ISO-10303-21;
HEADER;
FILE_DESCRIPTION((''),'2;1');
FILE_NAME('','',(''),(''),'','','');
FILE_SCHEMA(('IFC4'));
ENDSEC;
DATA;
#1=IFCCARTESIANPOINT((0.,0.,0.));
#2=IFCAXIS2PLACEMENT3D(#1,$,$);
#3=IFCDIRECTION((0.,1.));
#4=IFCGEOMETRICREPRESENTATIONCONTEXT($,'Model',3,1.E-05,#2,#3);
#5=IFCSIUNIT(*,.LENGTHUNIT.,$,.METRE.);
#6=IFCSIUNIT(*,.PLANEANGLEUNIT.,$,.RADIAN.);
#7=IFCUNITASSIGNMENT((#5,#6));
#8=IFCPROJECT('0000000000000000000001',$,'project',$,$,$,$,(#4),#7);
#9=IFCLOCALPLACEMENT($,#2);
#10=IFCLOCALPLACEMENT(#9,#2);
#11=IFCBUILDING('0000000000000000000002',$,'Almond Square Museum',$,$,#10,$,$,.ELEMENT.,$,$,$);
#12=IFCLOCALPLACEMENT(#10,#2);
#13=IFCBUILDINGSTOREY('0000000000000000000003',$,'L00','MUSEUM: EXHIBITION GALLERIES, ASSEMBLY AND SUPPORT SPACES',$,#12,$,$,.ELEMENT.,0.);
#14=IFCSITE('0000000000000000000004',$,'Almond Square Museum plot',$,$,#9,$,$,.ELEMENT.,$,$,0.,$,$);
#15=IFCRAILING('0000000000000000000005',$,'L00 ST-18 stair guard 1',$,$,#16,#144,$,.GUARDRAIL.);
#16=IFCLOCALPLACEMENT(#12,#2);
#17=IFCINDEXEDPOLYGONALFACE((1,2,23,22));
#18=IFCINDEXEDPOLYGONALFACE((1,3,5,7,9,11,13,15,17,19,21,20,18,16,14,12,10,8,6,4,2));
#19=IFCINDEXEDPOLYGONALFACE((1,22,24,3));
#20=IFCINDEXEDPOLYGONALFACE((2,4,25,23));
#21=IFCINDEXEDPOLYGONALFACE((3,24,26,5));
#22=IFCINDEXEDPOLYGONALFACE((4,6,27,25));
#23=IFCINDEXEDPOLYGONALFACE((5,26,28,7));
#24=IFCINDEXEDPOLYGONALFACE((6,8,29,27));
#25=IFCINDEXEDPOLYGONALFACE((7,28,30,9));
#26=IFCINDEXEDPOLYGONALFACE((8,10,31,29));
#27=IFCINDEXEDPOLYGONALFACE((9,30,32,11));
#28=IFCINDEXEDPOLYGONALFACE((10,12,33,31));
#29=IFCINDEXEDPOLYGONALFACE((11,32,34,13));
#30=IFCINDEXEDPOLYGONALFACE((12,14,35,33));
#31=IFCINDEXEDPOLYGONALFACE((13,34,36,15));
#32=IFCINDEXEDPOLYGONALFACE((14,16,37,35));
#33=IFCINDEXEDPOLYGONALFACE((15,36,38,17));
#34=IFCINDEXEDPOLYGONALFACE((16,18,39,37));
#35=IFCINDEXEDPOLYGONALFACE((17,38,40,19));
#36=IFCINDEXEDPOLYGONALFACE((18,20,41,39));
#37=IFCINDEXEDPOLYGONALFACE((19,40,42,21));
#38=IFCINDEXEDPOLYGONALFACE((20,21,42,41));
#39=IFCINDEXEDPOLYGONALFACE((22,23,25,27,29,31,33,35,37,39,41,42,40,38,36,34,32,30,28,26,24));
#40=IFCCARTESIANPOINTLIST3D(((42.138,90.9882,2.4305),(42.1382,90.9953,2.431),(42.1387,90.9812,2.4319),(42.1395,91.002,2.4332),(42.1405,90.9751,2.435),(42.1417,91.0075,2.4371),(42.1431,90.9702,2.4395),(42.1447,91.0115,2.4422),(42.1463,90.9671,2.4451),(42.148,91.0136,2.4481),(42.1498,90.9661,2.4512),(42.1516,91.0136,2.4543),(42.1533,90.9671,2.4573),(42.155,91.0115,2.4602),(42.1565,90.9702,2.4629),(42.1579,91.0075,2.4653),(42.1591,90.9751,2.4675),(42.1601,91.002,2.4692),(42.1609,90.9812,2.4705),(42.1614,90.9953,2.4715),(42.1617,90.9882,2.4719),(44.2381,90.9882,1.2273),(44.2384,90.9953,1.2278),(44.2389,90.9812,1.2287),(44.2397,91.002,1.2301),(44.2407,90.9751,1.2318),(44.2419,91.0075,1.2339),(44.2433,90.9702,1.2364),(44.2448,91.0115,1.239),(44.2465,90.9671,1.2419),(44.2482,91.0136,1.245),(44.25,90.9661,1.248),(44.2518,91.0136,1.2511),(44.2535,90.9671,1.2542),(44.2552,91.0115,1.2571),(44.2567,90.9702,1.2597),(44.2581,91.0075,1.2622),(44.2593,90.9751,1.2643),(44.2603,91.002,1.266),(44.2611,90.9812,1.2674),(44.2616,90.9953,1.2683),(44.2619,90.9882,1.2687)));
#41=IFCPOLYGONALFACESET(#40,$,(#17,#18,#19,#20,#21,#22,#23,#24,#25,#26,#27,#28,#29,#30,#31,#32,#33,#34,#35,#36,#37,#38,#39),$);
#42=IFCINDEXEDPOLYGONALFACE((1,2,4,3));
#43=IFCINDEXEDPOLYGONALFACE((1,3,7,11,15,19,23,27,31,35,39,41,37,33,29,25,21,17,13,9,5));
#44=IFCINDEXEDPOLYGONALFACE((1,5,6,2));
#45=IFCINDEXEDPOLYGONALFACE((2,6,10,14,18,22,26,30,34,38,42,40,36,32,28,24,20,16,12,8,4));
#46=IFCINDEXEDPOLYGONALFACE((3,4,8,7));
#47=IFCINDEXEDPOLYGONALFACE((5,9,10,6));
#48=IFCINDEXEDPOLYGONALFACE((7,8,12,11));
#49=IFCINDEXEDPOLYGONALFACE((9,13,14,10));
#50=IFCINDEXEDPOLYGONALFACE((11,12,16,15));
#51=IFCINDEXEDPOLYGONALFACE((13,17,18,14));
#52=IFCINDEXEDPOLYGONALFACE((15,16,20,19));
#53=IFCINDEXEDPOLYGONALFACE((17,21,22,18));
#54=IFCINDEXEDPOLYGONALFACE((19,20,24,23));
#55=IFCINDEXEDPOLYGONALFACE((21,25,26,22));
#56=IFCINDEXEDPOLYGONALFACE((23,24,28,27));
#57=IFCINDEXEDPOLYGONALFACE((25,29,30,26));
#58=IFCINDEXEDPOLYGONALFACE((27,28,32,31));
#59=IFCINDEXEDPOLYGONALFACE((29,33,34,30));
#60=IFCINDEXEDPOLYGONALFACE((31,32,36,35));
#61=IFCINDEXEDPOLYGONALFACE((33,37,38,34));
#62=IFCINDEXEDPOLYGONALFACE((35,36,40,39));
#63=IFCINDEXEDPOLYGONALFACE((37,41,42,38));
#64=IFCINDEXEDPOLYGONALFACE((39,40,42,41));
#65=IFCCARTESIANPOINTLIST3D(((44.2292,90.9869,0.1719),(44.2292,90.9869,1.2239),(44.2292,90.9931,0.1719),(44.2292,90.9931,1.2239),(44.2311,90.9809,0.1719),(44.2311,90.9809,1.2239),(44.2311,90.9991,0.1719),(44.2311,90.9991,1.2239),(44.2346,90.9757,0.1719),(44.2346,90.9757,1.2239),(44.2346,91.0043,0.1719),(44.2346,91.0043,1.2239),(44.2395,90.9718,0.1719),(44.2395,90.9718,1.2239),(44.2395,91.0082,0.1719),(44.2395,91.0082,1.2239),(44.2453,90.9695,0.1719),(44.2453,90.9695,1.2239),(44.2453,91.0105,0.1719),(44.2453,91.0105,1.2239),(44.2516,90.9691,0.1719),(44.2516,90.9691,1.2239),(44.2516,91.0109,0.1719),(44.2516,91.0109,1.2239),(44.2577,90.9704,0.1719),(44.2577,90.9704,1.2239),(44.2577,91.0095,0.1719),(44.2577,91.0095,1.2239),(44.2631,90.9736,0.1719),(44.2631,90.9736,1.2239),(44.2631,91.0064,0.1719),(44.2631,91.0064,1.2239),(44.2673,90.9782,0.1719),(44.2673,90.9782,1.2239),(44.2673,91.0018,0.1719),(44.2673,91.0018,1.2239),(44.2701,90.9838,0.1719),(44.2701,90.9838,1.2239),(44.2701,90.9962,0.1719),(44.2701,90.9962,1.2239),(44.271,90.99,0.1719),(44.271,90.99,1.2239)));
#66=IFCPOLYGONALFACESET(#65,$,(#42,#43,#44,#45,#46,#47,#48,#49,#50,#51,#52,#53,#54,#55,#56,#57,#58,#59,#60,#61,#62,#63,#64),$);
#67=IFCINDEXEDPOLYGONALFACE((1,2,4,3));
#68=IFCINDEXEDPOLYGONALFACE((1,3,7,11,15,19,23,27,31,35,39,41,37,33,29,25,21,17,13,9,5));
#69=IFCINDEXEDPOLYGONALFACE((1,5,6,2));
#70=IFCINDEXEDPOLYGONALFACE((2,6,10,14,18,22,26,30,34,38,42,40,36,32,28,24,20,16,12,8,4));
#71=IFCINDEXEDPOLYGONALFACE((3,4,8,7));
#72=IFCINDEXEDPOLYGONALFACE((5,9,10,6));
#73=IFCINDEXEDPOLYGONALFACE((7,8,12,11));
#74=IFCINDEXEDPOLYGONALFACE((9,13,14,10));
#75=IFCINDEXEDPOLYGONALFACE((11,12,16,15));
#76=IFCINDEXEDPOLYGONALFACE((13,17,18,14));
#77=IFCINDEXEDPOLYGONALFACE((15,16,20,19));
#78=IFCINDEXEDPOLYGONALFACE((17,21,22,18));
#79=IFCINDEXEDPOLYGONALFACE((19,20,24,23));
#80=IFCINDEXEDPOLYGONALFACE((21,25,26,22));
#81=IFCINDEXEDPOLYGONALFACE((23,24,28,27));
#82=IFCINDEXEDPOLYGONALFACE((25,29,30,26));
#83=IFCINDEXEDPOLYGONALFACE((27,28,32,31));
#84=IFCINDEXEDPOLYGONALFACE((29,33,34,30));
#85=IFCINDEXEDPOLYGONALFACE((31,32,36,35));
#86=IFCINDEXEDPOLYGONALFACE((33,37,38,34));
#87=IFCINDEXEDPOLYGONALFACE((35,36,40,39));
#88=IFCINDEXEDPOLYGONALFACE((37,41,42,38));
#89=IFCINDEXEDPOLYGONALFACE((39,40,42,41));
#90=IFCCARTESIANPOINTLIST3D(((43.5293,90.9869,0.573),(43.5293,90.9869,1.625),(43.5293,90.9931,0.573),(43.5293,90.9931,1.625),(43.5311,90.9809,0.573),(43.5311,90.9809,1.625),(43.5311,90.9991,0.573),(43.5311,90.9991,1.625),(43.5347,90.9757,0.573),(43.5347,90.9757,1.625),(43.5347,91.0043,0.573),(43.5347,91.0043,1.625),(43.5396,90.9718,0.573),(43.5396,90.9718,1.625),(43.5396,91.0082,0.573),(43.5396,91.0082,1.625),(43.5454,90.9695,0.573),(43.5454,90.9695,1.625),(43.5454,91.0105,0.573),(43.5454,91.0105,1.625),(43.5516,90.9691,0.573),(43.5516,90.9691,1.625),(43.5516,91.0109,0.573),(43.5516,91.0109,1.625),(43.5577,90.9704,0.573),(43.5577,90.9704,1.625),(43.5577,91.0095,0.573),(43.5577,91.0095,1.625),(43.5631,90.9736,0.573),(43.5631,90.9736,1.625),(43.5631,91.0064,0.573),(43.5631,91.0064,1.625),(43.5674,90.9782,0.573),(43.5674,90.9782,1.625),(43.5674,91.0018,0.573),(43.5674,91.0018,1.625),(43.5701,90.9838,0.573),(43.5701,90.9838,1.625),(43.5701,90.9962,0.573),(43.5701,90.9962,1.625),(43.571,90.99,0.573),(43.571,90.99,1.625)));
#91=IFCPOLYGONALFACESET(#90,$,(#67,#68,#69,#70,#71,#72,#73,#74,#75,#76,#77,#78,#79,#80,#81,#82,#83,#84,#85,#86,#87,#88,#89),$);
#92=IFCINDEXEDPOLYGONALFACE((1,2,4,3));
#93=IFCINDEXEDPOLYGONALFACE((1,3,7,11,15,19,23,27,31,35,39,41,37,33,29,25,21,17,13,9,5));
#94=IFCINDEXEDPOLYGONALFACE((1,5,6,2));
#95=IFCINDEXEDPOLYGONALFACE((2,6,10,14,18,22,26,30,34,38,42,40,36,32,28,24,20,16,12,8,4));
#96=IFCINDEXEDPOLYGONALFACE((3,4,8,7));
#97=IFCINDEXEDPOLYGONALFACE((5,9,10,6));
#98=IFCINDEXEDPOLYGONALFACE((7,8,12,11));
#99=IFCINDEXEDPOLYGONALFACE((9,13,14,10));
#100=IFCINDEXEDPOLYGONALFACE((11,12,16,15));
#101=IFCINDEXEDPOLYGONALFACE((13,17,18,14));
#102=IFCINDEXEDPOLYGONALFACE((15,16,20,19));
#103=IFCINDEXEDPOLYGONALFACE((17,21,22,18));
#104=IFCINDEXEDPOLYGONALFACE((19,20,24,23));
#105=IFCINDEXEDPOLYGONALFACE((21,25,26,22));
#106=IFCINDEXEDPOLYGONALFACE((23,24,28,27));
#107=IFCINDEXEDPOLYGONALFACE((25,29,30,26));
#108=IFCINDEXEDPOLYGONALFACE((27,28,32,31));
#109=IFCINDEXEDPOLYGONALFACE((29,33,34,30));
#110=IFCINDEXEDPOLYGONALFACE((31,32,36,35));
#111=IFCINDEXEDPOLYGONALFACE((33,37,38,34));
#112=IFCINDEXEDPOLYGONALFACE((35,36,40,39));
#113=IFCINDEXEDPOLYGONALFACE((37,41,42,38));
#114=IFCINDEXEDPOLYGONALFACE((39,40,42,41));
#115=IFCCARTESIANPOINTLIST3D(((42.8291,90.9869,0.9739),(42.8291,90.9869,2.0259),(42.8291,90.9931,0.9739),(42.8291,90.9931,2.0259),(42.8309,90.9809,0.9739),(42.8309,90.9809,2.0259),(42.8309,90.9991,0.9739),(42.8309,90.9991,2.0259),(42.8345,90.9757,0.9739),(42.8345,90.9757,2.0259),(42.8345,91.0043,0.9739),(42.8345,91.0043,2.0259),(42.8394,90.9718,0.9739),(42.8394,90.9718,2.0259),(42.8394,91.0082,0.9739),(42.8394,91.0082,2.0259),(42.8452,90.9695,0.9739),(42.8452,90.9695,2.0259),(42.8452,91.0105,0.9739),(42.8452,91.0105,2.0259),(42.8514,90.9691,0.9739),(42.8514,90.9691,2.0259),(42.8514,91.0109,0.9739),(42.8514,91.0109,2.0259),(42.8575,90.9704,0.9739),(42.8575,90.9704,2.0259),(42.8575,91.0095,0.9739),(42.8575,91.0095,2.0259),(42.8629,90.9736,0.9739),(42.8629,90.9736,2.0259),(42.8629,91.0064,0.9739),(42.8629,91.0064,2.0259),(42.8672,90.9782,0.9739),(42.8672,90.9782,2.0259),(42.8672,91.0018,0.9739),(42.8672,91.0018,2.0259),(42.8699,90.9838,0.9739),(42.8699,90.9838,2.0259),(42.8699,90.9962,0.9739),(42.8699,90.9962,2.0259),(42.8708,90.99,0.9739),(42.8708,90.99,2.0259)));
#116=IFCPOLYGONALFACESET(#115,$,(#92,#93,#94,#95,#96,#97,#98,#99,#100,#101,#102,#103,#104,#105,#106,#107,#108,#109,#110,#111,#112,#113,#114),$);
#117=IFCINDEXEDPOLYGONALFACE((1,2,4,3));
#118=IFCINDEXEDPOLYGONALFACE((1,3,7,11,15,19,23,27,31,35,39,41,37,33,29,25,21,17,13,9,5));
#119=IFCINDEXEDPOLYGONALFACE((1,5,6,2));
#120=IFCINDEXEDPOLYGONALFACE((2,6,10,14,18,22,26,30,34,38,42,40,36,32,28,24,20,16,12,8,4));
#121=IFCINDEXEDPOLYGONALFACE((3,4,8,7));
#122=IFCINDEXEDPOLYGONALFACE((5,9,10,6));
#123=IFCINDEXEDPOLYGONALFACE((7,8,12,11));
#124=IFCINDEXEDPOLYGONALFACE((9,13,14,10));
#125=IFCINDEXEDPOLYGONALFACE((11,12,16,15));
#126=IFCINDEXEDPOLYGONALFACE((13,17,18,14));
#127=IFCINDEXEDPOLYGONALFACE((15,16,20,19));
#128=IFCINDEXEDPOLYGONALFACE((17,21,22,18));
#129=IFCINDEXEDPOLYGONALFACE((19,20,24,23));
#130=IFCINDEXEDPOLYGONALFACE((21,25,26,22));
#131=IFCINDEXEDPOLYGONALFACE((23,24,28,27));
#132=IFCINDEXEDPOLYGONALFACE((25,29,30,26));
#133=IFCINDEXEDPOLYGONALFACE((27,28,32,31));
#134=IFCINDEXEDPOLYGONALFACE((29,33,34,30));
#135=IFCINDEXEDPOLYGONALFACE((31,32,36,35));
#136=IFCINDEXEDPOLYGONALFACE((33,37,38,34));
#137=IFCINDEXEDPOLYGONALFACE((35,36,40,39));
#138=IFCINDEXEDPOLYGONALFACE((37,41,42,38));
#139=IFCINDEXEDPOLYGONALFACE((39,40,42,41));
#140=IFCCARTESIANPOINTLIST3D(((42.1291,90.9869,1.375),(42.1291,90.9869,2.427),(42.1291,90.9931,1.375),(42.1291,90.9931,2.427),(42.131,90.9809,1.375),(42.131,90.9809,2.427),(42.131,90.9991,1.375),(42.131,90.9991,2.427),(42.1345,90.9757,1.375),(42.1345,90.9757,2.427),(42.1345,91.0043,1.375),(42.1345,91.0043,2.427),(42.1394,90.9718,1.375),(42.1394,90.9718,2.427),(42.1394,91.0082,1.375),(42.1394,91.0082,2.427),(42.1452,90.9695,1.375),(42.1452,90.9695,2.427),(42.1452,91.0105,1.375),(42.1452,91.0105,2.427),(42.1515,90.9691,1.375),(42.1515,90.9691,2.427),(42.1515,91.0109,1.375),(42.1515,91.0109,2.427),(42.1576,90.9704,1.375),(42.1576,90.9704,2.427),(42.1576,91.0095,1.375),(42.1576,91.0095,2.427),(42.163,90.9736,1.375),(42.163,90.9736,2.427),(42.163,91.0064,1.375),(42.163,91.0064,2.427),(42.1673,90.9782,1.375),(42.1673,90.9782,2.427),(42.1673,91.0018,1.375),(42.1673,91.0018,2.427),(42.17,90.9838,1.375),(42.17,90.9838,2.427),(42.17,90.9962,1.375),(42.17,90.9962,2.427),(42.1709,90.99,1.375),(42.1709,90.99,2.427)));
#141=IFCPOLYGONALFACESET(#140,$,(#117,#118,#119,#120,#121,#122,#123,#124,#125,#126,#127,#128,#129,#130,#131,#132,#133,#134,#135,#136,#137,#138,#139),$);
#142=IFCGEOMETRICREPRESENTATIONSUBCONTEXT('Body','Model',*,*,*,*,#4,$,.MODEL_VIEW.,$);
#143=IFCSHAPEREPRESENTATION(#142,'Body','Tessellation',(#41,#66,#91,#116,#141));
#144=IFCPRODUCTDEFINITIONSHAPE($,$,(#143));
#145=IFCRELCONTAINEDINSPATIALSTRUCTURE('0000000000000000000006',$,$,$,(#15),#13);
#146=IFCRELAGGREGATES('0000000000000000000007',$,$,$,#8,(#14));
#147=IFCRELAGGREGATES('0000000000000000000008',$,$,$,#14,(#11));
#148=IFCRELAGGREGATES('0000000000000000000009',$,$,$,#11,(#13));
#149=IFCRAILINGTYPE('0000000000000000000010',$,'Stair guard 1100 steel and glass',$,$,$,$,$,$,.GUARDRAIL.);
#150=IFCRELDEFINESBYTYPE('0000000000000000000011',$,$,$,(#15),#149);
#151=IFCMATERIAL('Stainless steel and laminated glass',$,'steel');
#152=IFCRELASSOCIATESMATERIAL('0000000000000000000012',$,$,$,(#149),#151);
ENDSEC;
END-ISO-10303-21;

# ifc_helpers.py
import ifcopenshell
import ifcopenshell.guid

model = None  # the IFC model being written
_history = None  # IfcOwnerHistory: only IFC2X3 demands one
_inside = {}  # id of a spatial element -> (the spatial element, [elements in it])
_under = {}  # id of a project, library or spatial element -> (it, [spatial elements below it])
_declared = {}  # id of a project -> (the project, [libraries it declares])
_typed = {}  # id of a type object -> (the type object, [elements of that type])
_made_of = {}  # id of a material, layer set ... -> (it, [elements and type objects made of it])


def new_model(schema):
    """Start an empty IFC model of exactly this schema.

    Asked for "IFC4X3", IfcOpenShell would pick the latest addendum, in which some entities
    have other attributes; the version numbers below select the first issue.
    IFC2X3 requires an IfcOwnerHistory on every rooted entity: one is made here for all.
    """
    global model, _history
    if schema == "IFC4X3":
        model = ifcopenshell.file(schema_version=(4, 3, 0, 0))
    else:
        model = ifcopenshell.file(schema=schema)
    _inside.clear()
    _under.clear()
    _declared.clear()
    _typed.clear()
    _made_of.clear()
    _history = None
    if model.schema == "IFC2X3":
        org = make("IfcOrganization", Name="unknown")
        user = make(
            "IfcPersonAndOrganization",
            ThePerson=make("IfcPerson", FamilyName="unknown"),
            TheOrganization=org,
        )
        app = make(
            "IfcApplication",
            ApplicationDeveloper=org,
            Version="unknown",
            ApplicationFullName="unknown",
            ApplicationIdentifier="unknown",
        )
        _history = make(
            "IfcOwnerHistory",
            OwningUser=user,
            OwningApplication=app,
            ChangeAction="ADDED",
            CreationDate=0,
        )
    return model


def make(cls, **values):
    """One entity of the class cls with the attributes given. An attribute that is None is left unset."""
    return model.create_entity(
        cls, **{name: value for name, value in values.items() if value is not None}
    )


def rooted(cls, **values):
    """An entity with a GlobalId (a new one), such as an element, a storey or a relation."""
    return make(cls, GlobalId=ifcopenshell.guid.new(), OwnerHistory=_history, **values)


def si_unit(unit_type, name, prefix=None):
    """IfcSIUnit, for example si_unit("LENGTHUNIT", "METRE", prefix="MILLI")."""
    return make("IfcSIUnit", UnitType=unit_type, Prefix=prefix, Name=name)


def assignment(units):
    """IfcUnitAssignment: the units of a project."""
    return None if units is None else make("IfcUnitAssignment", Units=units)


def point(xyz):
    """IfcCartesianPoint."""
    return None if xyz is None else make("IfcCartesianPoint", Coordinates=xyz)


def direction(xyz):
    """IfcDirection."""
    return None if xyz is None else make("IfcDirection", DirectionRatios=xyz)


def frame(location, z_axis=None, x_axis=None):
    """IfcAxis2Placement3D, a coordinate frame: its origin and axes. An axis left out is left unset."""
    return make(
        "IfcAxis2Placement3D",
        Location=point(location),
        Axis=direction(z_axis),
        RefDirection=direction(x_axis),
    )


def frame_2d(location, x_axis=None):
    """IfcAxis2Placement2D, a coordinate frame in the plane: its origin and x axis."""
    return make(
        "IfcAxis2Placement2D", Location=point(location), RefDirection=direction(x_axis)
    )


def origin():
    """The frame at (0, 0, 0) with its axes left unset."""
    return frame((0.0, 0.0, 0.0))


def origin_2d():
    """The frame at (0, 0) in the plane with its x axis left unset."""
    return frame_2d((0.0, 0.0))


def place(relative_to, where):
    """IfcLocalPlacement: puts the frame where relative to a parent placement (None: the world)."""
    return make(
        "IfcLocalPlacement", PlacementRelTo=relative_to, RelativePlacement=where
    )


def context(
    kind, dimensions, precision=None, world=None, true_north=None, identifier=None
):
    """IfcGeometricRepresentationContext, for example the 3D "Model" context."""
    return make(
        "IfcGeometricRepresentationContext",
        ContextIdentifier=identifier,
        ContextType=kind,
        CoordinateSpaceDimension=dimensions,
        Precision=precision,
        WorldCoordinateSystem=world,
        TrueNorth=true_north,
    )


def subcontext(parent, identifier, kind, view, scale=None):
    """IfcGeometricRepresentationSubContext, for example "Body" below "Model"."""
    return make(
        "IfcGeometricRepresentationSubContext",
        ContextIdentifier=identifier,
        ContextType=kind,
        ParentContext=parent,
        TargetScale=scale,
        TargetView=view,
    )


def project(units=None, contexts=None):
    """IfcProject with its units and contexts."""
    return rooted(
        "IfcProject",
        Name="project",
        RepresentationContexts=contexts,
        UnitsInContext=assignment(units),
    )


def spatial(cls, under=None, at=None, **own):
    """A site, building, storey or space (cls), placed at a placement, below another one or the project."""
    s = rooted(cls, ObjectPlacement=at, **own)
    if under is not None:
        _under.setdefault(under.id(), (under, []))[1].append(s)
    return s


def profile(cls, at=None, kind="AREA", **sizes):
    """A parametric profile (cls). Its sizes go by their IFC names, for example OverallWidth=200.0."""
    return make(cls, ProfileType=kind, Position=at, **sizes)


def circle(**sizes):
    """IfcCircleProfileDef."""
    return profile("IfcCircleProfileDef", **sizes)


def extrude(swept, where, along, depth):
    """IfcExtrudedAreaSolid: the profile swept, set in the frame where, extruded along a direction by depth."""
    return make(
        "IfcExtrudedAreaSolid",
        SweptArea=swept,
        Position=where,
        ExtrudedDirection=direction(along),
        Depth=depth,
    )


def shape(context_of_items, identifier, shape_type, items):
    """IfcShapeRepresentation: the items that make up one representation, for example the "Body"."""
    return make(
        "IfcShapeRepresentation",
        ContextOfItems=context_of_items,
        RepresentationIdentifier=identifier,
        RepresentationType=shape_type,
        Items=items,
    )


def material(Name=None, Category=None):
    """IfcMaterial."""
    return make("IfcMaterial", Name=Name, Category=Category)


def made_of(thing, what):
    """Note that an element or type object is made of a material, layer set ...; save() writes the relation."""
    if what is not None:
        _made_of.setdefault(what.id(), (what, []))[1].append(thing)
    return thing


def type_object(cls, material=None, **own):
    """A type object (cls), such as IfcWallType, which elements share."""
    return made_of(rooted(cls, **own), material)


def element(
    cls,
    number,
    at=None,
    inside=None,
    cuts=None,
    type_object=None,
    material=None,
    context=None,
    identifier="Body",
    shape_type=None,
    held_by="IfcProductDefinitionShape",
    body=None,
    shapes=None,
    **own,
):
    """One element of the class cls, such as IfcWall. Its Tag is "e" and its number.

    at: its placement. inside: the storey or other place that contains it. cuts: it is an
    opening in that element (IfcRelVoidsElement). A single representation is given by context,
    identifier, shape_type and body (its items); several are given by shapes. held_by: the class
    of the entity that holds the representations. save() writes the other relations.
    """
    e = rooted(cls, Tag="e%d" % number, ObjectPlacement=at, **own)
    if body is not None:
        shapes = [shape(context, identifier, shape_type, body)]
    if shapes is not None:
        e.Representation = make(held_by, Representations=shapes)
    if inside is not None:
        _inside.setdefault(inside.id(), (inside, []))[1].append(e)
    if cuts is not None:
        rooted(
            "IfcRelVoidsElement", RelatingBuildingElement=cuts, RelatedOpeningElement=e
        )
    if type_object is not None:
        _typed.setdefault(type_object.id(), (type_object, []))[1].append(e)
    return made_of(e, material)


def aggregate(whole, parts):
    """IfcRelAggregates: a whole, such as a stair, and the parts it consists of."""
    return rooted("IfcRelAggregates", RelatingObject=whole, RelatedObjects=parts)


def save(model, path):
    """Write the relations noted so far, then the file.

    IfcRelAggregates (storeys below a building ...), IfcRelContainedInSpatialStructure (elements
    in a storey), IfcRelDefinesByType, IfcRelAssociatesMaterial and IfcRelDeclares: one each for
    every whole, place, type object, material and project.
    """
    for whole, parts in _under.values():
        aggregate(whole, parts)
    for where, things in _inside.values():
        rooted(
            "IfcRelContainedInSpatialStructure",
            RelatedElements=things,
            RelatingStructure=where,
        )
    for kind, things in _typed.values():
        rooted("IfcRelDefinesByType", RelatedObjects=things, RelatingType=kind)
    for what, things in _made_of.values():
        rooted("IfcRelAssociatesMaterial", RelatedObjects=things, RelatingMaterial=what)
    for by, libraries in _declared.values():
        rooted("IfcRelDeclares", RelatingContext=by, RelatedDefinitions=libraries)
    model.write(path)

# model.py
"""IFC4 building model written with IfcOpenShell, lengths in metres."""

from ifc_helpers import new_model, si_unit, direction, frame, origin, origin_2d, place, context, subcontext, project, spatial, circle, extrude, material, type_object, element, save


model = new_model("IFC4")

# Units and contexts
model_context = context("Model", 3, precision=1e-05, world=origin(), true_north=direction((0.0, 1.0)))
body_context = subcontext(model_context, "Body", "Model", "MODEL_VIEW")
ifc_project = project(units=[si_unit("LENGTHUNIT", "METRE"), si_unit("PLANEANGLEUNIT", "RADIAN")], contexts=[model_context])

# Site, building, storey
site_placement = place(None, origin())
site = spatial("IfcSite", under=ifc_project, at=site_placement, Name="Almond Square Museum plot", CompositionType="ELEMENT", RefElevation=0.0)
building_placement = place(site_placement, origin())
building = spatial("IfcBuilding", under=site, at=building_placement, Name="Almond Square Museum", CompositionType="ELEMENT")
storey_placement = place(building_placement, origin())
storey = spatial("IfcBuildingStorey", under=building, at=storey_placement, Name="L00", Description="MUSEUM: EXHIBITION GALLERIES, ASSEMBLY AND SUPPORT SPACES", CompositionType="ELEMENT", Elevation=0.0)

# Railing
ifc_material_1 = material(Name="Stainless steel and laminated glass", Category="steel")
railing_type_1 = type_object("IfcRailingType", Name="Stair guard 1100 steel and glass", PredefinedType="GUARDRAIL", material=ifc_material_1)
railing_1_placement = place(storey_placement, frame((44.25, 90.99, 0.1719)))
element("IfcRailing", 1, at=railing_1_placement, inside=storey, type_object=railing_type_1, Name="L00 ST-18 stair guard 1", PredefinedType="GUARDRAIL", context=body_context, shape_type="SweptSolid", body=[
    extrude(circle(Radius=0.0239, at=origin_2d()), frame((0.0, 0.0, 1.0762), z_axis=(-0.867696, 0.0, 0.497095), x_axis=(0.0, -1.0, 0.0)), (0.0, 0.0, 1.0), 2.4204),
    extrude(circle(Radius=0.021, at=origin_2d()), origin(), (0.0, 0.0, 1.0), 1.052),
    extrude(circle(Radius=0.021, at=origin_2d()), frame((-0.7, 0.0, 0.4011)), (0.0, 0.0, 1.0), 1.052),
    extrude(circle(Radius=0.021, at=origin_2d()), frame((-1.4001, 0.0, 0.802)), (0.0, 0.0, 1.0), 1.052),
    extrude(circle(Radius=0.021, at=origin_2d()), frame((-2.1001, 0.0, 1.2031)), (0.0, 0.0, 1.0), 1.052),
])

save(model, "model.ifc")
